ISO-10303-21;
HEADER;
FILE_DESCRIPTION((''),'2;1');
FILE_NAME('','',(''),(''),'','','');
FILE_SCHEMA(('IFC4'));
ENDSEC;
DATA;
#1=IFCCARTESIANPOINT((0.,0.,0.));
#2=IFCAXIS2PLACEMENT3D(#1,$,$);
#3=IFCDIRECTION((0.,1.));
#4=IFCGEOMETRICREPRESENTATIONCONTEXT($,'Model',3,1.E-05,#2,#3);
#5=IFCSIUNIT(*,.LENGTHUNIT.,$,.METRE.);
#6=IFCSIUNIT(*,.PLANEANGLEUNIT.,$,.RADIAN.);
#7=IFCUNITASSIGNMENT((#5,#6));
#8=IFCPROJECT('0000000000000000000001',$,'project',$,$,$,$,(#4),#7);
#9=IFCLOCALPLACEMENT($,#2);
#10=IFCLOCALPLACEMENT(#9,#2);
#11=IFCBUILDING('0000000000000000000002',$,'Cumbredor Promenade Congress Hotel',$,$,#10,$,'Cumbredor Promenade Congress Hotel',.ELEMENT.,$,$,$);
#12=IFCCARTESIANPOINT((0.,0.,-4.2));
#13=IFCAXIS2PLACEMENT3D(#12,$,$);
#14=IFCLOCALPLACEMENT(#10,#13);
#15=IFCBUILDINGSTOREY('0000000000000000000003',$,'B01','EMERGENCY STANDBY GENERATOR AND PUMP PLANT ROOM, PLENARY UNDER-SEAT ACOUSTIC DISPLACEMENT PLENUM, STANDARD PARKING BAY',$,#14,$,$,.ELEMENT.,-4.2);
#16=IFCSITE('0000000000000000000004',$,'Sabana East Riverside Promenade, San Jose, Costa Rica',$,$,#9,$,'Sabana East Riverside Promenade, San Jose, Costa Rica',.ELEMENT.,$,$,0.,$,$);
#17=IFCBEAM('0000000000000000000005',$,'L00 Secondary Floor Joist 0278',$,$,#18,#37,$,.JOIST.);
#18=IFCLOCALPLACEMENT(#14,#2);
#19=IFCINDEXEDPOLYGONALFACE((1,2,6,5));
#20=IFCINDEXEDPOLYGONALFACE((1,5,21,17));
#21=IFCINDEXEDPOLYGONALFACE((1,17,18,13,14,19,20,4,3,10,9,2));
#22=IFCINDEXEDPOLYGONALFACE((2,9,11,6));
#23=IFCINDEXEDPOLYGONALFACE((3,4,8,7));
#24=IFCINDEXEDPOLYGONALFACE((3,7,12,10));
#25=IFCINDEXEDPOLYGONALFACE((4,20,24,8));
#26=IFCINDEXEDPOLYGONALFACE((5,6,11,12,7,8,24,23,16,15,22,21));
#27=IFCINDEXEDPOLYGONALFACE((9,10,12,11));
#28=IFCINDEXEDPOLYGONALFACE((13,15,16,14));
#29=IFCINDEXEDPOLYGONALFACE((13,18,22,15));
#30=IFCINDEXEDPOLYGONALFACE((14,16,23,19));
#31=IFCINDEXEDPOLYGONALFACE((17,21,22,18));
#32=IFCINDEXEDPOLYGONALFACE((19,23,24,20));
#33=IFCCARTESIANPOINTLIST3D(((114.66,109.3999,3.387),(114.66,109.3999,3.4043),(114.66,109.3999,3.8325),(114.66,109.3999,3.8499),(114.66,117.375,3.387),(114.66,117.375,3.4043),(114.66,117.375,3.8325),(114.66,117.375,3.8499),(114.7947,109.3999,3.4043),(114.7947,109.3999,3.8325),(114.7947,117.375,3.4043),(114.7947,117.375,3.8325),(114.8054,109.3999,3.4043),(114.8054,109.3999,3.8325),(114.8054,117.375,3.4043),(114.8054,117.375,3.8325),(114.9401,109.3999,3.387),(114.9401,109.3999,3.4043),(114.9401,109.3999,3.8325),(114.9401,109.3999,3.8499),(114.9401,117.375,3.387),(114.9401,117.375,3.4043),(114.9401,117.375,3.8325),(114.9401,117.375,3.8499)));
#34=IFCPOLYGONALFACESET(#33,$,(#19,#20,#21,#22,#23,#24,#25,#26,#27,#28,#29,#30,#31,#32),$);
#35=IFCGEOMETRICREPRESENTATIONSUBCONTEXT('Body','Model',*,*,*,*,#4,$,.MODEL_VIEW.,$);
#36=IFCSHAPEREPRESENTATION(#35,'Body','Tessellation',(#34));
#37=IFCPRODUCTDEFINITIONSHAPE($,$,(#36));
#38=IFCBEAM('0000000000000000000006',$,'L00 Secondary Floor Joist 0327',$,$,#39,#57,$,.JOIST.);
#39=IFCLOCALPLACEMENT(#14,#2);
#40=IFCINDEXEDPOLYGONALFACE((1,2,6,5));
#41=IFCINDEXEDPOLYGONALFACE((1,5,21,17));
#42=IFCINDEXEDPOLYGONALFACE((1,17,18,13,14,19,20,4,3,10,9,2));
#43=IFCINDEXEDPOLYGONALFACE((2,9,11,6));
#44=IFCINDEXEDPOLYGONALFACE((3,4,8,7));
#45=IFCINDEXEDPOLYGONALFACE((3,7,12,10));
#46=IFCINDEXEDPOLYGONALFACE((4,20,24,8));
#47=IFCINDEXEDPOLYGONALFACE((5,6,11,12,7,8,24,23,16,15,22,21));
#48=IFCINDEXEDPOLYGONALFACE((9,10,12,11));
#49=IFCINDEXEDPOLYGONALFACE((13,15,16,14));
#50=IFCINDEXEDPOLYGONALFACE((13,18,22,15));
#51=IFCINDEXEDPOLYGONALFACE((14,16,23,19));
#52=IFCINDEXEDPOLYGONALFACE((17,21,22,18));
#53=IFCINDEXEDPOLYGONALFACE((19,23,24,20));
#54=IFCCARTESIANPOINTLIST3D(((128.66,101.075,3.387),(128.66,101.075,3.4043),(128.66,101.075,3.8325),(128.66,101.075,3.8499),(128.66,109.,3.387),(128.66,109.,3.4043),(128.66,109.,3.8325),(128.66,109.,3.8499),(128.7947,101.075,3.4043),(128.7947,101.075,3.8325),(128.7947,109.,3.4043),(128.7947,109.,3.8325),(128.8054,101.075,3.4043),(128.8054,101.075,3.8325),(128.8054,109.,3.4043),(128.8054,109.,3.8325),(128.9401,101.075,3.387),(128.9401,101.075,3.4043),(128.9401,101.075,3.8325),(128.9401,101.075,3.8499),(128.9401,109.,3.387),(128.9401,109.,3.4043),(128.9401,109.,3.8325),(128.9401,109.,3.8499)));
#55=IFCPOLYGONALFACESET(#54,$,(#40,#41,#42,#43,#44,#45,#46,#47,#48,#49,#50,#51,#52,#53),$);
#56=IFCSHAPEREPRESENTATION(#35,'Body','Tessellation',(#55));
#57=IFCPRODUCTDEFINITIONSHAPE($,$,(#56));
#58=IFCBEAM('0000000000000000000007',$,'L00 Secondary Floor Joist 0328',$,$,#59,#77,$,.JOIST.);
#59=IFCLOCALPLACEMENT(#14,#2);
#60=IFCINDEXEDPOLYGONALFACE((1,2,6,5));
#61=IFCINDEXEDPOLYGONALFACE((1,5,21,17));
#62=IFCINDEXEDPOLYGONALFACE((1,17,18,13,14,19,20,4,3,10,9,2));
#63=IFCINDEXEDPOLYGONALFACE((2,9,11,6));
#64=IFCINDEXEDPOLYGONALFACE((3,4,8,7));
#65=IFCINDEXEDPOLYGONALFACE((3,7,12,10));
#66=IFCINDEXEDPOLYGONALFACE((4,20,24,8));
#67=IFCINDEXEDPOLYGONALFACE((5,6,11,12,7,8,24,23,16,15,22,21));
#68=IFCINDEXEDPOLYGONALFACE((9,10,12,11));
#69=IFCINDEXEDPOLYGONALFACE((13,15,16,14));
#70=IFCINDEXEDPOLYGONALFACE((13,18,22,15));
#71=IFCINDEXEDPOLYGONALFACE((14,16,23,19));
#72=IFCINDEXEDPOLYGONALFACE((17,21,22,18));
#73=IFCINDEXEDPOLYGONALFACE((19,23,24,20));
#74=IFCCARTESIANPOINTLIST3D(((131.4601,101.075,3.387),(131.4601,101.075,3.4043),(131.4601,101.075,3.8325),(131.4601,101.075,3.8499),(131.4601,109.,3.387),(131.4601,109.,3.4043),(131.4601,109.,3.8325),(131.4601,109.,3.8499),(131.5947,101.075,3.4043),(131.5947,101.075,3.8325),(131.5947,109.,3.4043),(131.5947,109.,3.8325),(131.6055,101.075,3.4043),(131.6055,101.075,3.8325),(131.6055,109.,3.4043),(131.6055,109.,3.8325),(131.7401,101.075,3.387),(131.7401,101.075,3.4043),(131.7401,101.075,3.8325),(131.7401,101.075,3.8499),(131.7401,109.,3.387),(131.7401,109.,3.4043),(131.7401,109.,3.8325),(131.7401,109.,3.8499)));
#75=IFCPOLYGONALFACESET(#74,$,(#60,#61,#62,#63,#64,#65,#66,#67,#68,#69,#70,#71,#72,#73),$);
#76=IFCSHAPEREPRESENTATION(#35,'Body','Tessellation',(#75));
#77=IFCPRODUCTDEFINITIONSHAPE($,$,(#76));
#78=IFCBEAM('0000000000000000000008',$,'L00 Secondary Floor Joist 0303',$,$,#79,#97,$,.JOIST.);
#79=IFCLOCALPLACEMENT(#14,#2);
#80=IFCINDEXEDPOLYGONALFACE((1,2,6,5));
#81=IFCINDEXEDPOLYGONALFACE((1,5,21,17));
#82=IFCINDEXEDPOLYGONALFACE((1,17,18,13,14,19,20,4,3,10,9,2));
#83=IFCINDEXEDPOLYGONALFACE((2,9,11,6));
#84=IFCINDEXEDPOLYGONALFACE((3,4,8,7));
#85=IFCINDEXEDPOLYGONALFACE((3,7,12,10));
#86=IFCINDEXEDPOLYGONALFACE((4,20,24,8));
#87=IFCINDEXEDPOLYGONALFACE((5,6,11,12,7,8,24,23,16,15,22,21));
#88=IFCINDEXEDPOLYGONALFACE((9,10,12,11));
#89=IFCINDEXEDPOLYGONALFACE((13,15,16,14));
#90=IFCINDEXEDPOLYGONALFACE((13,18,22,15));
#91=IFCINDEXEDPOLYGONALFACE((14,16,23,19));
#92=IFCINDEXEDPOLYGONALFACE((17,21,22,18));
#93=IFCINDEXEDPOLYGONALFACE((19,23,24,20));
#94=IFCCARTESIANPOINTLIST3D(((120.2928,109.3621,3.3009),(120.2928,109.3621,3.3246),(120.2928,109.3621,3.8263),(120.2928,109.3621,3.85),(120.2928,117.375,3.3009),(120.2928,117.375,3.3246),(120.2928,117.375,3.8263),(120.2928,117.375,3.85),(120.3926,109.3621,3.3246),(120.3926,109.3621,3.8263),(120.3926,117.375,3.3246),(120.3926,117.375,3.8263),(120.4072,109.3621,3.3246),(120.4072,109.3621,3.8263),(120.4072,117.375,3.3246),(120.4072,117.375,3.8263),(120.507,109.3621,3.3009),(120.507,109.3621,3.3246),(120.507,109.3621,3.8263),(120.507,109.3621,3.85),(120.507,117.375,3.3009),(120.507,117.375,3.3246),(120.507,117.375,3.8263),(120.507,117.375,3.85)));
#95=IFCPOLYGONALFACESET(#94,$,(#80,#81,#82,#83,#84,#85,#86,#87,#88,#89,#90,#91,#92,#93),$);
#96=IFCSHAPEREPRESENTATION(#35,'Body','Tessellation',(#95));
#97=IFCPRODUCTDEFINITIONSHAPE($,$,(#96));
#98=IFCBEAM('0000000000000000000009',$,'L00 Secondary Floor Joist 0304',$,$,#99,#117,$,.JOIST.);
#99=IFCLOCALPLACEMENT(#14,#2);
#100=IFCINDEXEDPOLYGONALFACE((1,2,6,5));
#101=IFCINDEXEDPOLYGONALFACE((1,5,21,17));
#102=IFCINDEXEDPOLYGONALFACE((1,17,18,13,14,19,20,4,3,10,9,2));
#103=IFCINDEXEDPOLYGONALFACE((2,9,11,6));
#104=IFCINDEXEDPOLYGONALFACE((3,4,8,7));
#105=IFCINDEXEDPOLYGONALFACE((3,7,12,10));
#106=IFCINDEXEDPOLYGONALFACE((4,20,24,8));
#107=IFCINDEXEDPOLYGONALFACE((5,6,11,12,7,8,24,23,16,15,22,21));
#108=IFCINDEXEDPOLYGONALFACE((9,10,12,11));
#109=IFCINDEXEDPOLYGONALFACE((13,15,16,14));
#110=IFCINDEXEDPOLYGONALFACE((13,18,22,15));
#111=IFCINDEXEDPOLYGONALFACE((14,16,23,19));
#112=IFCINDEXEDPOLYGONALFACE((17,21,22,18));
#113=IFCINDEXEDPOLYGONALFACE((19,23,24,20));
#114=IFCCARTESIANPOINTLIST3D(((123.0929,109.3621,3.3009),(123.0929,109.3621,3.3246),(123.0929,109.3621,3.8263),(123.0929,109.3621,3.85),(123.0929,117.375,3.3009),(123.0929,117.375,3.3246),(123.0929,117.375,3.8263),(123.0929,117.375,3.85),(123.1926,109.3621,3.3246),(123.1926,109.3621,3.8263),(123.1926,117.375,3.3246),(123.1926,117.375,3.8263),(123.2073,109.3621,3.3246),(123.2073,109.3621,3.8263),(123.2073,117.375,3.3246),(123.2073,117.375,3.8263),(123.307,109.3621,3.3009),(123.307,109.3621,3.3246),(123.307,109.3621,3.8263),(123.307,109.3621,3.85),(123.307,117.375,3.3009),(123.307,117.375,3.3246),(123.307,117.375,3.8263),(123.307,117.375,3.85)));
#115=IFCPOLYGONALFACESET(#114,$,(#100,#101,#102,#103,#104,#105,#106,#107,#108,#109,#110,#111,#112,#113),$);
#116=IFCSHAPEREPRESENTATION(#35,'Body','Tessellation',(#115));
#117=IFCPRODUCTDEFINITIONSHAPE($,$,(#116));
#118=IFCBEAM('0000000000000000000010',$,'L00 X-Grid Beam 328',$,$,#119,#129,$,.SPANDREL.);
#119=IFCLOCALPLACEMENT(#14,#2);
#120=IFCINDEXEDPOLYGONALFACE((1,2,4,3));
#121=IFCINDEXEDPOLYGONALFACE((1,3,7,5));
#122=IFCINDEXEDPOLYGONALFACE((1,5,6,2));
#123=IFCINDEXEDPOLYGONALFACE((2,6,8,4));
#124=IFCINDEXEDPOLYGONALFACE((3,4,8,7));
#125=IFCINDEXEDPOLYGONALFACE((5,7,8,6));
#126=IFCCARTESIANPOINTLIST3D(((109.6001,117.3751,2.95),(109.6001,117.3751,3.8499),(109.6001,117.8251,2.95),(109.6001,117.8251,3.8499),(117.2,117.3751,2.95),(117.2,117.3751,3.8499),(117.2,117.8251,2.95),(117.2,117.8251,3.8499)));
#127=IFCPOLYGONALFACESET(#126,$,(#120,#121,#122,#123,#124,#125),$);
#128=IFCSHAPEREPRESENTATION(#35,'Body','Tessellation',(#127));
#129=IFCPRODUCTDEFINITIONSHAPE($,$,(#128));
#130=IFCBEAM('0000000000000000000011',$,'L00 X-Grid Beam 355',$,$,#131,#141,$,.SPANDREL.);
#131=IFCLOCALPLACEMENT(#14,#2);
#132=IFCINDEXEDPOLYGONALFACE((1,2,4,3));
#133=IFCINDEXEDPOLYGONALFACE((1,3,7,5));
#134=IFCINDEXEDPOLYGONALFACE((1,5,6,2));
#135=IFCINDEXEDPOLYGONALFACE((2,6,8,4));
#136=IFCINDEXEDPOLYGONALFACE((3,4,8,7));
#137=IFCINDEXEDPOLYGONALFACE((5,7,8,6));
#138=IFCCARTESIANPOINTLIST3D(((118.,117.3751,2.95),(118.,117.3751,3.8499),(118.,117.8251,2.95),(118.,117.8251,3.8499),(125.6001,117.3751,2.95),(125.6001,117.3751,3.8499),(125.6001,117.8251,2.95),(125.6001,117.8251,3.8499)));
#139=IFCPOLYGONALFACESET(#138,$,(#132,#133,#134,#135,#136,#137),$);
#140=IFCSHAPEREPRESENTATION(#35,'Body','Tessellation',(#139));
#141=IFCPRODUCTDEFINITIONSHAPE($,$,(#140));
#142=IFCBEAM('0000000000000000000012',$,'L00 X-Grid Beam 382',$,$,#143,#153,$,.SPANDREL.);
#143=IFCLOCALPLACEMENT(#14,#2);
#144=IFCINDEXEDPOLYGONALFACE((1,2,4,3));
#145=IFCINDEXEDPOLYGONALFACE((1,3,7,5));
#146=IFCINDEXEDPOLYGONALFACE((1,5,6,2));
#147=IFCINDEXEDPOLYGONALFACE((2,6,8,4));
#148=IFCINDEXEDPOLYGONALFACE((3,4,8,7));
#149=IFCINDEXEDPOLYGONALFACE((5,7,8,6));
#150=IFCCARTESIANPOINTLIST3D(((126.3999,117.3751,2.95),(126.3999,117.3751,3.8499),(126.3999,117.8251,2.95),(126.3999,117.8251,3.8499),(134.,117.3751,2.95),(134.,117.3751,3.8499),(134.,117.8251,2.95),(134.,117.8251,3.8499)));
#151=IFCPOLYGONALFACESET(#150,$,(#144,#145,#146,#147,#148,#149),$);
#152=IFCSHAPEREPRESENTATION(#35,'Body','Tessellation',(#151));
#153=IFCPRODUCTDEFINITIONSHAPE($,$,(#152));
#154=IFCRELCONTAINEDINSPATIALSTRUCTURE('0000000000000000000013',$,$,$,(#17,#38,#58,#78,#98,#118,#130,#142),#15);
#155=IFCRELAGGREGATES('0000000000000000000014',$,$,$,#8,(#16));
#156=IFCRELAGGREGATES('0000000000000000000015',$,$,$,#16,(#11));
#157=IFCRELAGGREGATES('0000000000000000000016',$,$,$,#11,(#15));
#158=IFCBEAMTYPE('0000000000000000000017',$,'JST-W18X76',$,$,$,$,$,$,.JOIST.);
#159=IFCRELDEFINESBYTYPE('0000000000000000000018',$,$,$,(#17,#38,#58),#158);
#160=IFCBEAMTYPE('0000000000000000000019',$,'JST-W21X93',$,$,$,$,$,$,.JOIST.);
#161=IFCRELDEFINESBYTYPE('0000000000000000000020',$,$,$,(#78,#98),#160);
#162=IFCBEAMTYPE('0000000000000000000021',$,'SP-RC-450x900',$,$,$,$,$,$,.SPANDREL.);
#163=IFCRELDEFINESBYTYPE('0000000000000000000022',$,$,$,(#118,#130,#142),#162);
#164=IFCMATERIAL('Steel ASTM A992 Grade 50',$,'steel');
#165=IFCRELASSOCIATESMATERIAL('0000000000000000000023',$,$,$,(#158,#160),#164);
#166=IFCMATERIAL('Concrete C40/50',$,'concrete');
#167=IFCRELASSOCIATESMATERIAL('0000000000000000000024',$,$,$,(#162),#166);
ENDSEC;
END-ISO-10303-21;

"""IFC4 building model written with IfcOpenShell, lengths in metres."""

from ifc_helpers import new_model, si_unit, direction, frame, origin, origin_2d, place, context, subcontext, project, spatial, rectangle, i_section, extrude, material, material_profile, profile_set, type_object, element, save


model = new_model("IFC4")

# Units and contexts
model_context = context("Model", 3, precision=1e-05, world=origin(), true_north=direction((0.0, 1.0)))
body_context = subcontext(model_context, "Body", "Model", "MODEL_VIEW")
ifc_project = project(units=[si_unit("LENGTHUNIT", "METRE"), si_unit("PLANEANGLEUNIT", "RADIAN")], contexts=[model_context])

# Site, building, storey
site_placement = place(None, origin())
site = spatial("IfcSite", under=ifc_project, at=site_placement, Name="Sabana East Riverside Promenade, San Jose, Costa Rica", LongName="Sabana East Riverside Promenade, San Jose, Costa Rica", CompositionType="ELEMENT", RefElevation=0.0)
building_placement = place(site_placement, origin())
building = spatial("IfcBuilding", under=site, at=building_placement, Name="Cumbredor Promenade Congress Hotel", LongName="Cumbredor Promenade Congress Hotel", CompositionType="ELEMENT")
storey_placement = place(building_placement, frame((0.0, 0.0, -4.2)))
storey = spatial("IfcBuildingStorey", under=building, at=storey_placement, Name="B01", Description="EMERGENCY STANDBY GENERATOR AND PUMP PLANT ROOM, PLENARY UNDER-SEAT ACOUSTIC DISPLACEMENT PLENUM, STANDARD PARKING BAY", CompositionType="ELEMENT", Elevation=-4.2)

# Beams
ifc_material_1 = material(Name="Concrete C40/50", Category="concrete")
ifc_material_2 = material(Name="Steel ASTM A992 Grade 50", Category="steel")
ifc_material_profile_1 = material_profile(ifc_material_2, i_section(OverallWidth=0.28, OverallDepth=0.4629, WebThickness=0.0107, FlangeThickness=0.0173, at=origin_2d()), Name="W18X76")
ifc_profile_set_1 = profile_set([ifc_material_profile_1], Name="Steel ASTM A992 Grade 50")
beam_type_1 = type_object("IfcBeamType", Name="JST-W18X76", PredefinedType="JOIST", material=ifc_profile_set_1)
for number, where, z_axis, x_axis, name in (
    (1, (114.8, 109.3999, 3.6184), (0.0, 1.0, 0.0), (-1.0, 0.0, 0.0), "L00 Secondary Floor Joist 0278"),
):
    element("IfcBeam", number, at=place(storey_placement, frame(where, z_axis=z_axis, x_axis=x_axis)), inside=storey, type_object=beam_type_1, Name=name, PredefinedType="JOIST", context=body_context, shape_type="SweptSolid", body=[
        extrude(i_section(OverallWidth=0.28, OverallDepth=0.4629, WebThickness=0.0107, FlangeThickness=0.0173, at=origin_2d()), origin(), (0.0, 0.0, 1.0), 7.9751),
    ])
for number, where, z_axis, x_axis, name in (
    (2, (128.8, 101.075, 3.6184), (0.0, 1.0, 0.0), (-1.0, 0.0, 0.0), "L00 Secondary Floor Joist 0327"),
    (3, (131.6001, 101.075, 3.6184), (0.0, 1.0, 0.0), (-1.0, 0.0, 0.0), "L00 Secondary Floor Joist 0328"),
):
    element("IfcBeam", number, at=place(storey_placement, frame(where, z_axis=z_axis, x_axis=x_axis)), inside=storey, type_object=beam_type_1, Name=name, PredefinedType="JOIST", context=body_context, shape_type="SweptSolid", body=[
        extrude(i_section(OverallWidth=0.28, OverallDepth=0.4629, WebThickness=0.0107, FlangeThickness=0.0173, at=origin_2d()), origin(), (0.0, 0.0, 1.0), 7.925),
    ])
ifc_material_profile_2 = material_profile(ifc_material_2, i_section(OverallWidth=0.2141, OverallDepth=0.5491, WebThickness=0.0146, FlangeThickness=0.0237, at=origin_2d()), Name="W21X93")
ifc_profile_set_2 = profile_set([ifc_material_profile_2], Name="Steel ASTM A992 Grade 50")
beam_type_2 = type_object("IfcBeamType", Name="JST-W21X93", PredefinedType="JOIST", material=ifc_profile_set_2)
for number, where, z_axis, x_axis, name in (
    (4, (120.3999, 109.3621, 3.5754), (0.0, 1.0, 0.0), (-1.0, 0.0, 0.0), "L00 Secondary Floor Joist 0303"),
    (5, (123.2, 109.3621, 3.5754), (0.0, 1.0, 0.0), (-1.0, 0.0, 0.0), "L00 Secondary Floor Joist 0304"),
):
    element("IfcBeam", number, at=place(storey_placement, frame(where, z_axis=z_axis, x_axis=x_axis)), inside=storey, type_object=beam_type_2, Name=name, PredefinedType="JOIST", context=body_context, shape_type="SweptSolid", body=[
        extrude(i_section(OverallWidth=0.2141, OverallDepth=0.5491, WebThickness=0.0146, FlangeThickness=0.0237, at=origin_2d()), origin(), (0.0, 0.0, 1.0), 8.0129),
    ])
ifc_material_profile_3 = material_profile(ifc_material_1, rectangle(XDim=0.45, YDim=0.8999, at=origin_2d()), Name="RC SPANDREL 450x900")
ifc_profile_set_3 = profile_set([ifc_material_profile_3], Name="Concrete C40/50")
beam_type_3 = type_object("IfcBeamType", Name="SP-RC-450x900", PredefinedType="SPANDREL", material=ifc_profile_set_3)
beam_1_placement = place(storey_placement, frame((109.6001, 117.6001, 3.3999), z_axis=(1.0, 0.0, 0.0), x_axis=(0.0, 1.0, 0.0)))
element("IfcBeam", 6, at=beam_1_placement, inside=storey, type_object=beam_type_3, Name="L00 X-Grid Beam 328", PredefinedType="SPANDREL", context=body_context, shape_type="SweptSolid", body=[
    extrude(rectangle(XDim=0.45, YDim=0.8999, at=origin_2d()), origin(), (0.0, 0.0, 1.0), 7.5999),
])
for number, where, z_axis, x_axis, name in (
    (7, (118.0, 117.6001, 3.3999), (1.0, 0.0, 0.0), (0.0, 1.0, 0.0), "L00 X-Grid Beam 355"),
    (8, (126.3999, 117.6001, 3.3999), (1.0, 0.0, 0.0), (0.0, 1.0, 0.0), "L00 X-Grid Beam 382"),
):
    element("IfcBeam", number, at=place(storey_placement, frame(where, z_axis=z_axis, x_axis=x_axis)), inside=storey, type_object=beam_type_3, Name=name, PredefinedType="SPANDREL", context=body_context, shape_type="SweptSolid", body=[
        extrude(rectangle(XDim=0.45, YDim=0.8999, at=origin_2d()), origin(), (0.0, 0.0, 1.0), 7.6001),
    ])

save(model, "model.ifc")
